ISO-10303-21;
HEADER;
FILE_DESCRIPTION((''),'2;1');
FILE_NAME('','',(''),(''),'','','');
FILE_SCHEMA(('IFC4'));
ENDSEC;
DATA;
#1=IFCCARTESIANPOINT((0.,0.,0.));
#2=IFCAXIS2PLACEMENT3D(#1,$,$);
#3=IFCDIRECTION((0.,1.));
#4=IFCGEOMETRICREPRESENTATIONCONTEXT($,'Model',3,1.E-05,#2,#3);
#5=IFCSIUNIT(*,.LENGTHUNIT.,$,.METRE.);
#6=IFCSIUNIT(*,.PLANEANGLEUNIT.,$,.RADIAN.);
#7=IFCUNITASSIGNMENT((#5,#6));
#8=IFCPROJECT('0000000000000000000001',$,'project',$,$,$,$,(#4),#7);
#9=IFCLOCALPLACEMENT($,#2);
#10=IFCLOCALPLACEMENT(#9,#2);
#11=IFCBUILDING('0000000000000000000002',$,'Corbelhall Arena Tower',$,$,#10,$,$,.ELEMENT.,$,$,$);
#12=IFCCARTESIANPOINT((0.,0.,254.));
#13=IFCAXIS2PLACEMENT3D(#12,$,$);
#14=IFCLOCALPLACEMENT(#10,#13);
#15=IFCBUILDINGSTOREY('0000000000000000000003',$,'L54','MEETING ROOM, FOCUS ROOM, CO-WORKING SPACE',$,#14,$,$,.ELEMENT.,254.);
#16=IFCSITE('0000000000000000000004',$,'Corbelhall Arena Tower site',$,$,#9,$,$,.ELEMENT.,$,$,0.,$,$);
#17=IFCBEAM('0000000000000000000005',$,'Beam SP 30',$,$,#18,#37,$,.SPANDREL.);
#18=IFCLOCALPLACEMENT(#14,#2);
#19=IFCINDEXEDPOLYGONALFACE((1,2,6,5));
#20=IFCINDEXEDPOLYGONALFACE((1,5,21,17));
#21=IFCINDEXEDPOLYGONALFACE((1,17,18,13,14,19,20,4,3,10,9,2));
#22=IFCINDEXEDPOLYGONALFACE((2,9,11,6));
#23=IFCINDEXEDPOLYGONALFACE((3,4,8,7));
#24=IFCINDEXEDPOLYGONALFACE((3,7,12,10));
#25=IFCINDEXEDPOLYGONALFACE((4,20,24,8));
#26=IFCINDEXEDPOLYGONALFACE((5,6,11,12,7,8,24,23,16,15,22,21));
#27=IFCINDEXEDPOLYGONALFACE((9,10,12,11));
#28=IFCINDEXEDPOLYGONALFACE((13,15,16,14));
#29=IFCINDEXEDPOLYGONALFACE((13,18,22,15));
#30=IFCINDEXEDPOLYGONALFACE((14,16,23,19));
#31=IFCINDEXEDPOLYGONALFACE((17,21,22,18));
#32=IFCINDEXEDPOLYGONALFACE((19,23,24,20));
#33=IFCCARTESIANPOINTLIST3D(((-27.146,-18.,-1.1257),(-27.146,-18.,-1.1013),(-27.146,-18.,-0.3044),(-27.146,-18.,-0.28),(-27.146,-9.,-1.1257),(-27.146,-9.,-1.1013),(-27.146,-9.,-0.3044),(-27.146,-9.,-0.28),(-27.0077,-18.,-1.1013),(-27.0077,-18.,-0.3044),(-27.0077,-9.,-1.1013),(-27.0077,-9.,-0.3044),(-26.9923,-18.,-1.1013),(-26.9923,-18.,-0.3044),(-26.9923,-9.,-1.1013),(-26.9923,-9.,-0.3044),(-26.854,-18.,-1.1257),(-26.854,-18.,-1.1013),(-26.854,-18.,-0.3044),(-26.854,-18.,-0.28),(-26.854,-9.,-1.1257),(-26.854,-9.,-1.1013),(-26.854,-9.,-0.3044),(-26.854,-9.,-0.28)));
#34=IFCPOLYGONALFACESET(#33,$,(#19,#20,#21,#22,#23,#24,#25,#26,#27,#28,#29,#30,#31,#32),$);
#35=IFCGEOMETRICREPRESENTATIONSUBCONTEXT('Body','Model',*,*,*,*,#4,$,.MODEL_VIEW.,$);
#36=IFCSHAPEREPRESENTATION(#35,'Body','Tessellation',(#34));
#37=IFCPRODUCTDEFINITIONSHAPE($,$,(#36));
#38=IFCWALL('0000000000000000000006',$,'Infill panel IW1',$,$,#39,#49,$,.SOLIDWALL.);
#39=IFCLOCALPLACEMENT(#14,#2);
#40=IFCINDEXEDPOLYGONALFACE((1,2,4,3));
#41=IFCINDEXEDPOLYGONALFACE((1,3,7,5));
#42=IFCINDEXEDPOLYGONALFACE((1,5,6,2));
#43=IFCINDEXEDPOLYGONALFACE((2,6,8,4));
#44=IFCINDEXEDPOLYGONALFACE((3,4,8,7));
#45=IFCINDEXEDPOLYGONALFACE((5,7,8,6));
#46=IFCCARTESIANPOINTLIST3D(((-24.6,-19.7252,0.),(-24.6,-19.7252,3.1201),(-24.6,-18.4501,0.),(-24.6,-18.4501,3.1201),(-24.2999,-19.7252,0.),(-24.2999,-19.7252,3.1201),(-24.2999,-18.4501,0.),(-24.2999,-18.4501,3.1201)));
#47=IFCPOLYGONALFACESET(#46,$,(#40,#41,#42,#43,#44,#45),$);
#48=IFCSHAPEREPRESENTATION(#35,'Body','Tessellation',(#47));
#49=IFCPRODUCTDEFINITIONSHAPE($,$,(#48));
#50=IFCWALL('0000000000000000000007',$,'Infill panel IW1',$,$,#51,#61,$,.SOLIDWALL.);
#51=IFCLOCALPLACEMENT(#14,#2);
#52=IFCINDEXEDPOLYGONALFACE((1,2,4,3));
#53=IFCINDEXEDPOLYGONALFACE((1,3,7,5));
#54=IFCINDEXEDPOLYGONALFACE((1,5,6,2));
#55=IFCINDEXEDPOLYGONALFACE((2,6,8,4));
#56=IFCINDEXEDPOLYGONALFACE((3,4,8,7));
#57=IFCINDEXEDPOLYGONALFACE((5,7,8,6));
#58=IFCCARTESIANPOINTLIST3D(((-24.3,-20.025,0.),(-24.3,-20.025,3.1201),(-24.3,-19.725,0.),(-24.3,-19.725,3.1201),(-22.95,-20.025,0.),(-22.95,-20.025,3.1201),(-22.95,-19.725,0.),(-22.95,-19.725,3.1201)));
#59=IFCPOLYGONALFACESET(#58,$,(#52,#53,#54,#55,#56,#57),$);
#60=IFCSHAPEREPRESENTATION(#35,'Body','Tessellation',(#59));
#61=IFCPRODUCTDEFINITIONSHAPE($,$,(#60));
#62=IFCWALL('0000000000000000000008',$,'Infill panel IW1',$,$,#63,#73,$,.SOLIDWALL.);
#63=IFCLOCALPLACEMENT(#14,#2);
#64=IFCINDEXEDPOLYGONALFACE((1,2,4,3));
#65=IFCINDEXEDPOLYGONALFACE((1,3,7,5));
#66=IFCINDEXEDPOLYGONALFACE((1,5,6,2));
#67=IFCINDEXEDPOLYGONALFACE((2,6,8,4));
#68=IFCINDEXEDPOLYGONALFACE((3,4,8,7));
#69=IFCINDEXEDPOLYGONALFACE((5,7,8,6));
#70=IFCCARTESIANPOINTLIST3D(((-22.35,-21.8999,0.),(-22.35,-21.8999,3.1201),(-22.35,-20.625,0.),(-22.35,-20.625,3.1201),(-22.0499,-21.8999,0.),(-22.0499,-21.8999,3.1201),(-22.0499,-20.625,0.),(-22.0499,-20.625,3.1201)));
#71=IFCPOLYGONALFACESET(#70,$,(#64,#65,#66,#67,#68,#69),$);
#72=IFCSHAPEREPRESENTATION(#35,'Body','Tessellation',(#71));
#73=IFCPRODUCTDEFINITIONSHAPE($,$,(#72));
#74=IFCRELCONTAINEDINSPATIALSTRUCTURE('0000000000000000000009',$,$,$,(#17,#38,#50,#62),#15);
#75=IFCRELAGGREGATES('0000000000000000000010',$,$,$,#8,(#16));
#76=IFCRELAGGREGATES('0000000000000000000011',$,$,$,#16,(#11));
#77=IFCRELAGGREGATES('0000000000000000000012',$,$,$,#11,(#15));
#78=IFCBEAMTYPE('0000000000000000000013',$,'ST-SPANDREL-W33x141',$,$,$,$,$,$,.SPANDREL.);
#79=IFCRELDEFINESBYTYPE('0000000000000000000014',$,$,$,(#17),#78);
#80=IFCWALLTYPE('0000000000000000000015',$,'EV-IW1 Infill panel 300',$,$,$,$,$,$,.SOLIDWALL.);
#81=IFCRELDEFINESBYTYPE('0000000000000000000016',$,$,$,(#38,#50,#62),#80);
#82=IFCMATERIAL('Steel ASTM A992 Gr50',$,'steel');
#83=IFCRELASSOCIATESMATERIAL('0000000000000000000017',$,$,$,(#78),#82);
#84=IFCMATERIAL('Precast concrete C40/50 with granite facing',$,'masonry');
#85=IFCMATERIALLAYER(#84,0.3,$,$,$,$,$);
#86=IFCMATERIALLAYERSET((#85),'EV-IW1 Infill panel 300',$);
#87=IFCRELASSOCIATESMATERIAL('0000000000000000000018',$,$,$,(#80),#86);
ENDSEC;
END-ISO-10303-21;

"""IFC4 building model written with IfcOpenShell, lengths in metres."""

from ifc_helpers import new_model, si_unit, direction, frame, frame_2d, origin, origin_2d, place, context, subcontext, project, spatial, rectangle, i_section, extrude, material, layer, layer_set, material_profile, profile_set, type_object, element, save


model = new_model("IFC4")

# Units and contexts
model_context = context("Model", 3, precision=1e-05, world=origin(), true_north=direction((0.0, 1.0)))
body_context = subcontext(model_context, "Body", "Model", "MODEL_VIEW")
ifc_project = project(units=[si_unit("LENGTHUNIT", "METRE"), si_unit("PLANEANGLEUNIT", "RADIAN")], contexts=[model_context])

# Site, building, storey
site_placement = place(None, origin())
site = spatial("IfcSite", under=ifc_project, at=site_placement, Name="Corbelhall Arena Tower site", CompositionType="ELEMENT", RefElevation=0.0)
building_placement = place(site_placement, origin())
building = spatial("IfcBuilding", under=site, at=building_placement, Name="Corbelhall Arena Tower", CompositionType="ELEMENT")
storey_placement = place(building_placement, frame((0.0, 0.0, 254.0)))
storey = spatial("IfcBuildingStorey", under=building, at=storey_placement, Name="L54", Description="MEETING ROOM, FOCUS ROOM, CO-WORKING SPACE", CompositionType="ELEMENT", Elevation=254.0)

# Beam
ifc_material_1 = material(Name="Steel ASTM A992 Gr50", Category="steel")
ifc_material_profile_1 = material_profile(ifc_material_1, i_section(OverallWidth=0.292, OverallDepth=0.8457, WebThickness=0.0154, FlangeThickness=0.0244, at=origin_2d()))
ifc_profile_set_1 = profile_set([ifc_material_profile_1], Name="Steel ASTM A992 Gr50")
beam_type_1 = type_object("IfcBeamType", Name="ST-SPANDREL-W33x141", PredefinedType="SPANDREL", material=ifc_profile_set_1)
beam_1_placement = place(storey_placement, frame((-27.0, -18.0, -0.7029), z_axis=(0.0, 1.0, 0.0), x_axis=(-1.0, 0.0, 0.0)))
element("IfcBeam", 1, at=beam_1_placement, inside=storey, type_object=beam_type_1, Name="Beam SP 30", PredefinedType="SPANDREL", context=body_context, shape_type="SweptSolid", body=[
    extrude(i_section(OverallWidth=0.292, OverallDepth=0.8457, WebThickness=0.0154, FlangeThickness=0.0244, at=origin_2d()), origin(), (0.0, 0.0, 1.0), 9.0),
])

# Walls
ifc_material_2 = material(Name="Precast concrete C40/50 with granite facing", Category="masonry")
ifc_layer_1 = layer(ifc_material_2, 0.3)
ifc_layer_set_1 = layer_set([ifc_layer_1], Name="EV-IW1 Infill panel 300")
wall_type_1 = type_object("IfcWallType", Name="EV-IW1 Infill panel 300", PredefinedType="SOLIDWALL", material=ifc_layer_set_1)
wall_1_placement = place(storey_placement, frame((-24.45, -18.45, 0.0), z_axis=(0.0, 0.0, 1.0), x_axis=(0.0, -1.0, 0.0)))
element("IfcWall", 2, at=wall_1_placement, inside=storey, type_object=wall_type_1, Name="Infill panel IW1", PredefinedType="SOLIDWALL", context=body_context, shape_type="SweptSolid", body=[
    extrude(rectangle(XDim=1.2751, YDim=0.3, at=frame_2d((0.6377, 0.0))), origin(), (0.0, 0.0, 1.0), 3.1201),
])
wall_2_placement = place(storey_placement, frame((-24.3, -19.875, 0.0), z_axis=(0.0, 0.0, 1.0), x_axis=(1.0, 0.0, 0.0)))
element("IfcWall", 3, at=wall_2_placement, inside=storey, type_object=wall_type_1, Name="Infill panel IW1", PredefinedType="SOLIDWALL", context=body_context, shape_type="SweptSolid", body=[
    extrude(rectangle(XDim=1.3501, YDim=0.3, at=frame_2d((0.675, 0.0))), origin(), (0.0, 0.0, 1.0), 3.1201),
])
wall_3_placement = place(storey_placement, frame((-22.2, -20.625, 0.0), z_axis=(0.0, 0.0, 1.0), x_axis=(0.0, -1.0, 0.0)))
element("IfcWall", 4, at=wall_3_placement, inside=storey, type_object=wall_type_1, Name="Infill panel IW1", PredefinedType="SOLIDWALL", context=body_context, shape_type="SweptSolid", body=[
    extrude(rectangle(XDim=1.2749, YDim=0.3, at=frame_2d((0.6375, 0.0))), origin(), (0.0, 0.0, 1.0), 3.1201),
])

save(model, "model.ifc")
